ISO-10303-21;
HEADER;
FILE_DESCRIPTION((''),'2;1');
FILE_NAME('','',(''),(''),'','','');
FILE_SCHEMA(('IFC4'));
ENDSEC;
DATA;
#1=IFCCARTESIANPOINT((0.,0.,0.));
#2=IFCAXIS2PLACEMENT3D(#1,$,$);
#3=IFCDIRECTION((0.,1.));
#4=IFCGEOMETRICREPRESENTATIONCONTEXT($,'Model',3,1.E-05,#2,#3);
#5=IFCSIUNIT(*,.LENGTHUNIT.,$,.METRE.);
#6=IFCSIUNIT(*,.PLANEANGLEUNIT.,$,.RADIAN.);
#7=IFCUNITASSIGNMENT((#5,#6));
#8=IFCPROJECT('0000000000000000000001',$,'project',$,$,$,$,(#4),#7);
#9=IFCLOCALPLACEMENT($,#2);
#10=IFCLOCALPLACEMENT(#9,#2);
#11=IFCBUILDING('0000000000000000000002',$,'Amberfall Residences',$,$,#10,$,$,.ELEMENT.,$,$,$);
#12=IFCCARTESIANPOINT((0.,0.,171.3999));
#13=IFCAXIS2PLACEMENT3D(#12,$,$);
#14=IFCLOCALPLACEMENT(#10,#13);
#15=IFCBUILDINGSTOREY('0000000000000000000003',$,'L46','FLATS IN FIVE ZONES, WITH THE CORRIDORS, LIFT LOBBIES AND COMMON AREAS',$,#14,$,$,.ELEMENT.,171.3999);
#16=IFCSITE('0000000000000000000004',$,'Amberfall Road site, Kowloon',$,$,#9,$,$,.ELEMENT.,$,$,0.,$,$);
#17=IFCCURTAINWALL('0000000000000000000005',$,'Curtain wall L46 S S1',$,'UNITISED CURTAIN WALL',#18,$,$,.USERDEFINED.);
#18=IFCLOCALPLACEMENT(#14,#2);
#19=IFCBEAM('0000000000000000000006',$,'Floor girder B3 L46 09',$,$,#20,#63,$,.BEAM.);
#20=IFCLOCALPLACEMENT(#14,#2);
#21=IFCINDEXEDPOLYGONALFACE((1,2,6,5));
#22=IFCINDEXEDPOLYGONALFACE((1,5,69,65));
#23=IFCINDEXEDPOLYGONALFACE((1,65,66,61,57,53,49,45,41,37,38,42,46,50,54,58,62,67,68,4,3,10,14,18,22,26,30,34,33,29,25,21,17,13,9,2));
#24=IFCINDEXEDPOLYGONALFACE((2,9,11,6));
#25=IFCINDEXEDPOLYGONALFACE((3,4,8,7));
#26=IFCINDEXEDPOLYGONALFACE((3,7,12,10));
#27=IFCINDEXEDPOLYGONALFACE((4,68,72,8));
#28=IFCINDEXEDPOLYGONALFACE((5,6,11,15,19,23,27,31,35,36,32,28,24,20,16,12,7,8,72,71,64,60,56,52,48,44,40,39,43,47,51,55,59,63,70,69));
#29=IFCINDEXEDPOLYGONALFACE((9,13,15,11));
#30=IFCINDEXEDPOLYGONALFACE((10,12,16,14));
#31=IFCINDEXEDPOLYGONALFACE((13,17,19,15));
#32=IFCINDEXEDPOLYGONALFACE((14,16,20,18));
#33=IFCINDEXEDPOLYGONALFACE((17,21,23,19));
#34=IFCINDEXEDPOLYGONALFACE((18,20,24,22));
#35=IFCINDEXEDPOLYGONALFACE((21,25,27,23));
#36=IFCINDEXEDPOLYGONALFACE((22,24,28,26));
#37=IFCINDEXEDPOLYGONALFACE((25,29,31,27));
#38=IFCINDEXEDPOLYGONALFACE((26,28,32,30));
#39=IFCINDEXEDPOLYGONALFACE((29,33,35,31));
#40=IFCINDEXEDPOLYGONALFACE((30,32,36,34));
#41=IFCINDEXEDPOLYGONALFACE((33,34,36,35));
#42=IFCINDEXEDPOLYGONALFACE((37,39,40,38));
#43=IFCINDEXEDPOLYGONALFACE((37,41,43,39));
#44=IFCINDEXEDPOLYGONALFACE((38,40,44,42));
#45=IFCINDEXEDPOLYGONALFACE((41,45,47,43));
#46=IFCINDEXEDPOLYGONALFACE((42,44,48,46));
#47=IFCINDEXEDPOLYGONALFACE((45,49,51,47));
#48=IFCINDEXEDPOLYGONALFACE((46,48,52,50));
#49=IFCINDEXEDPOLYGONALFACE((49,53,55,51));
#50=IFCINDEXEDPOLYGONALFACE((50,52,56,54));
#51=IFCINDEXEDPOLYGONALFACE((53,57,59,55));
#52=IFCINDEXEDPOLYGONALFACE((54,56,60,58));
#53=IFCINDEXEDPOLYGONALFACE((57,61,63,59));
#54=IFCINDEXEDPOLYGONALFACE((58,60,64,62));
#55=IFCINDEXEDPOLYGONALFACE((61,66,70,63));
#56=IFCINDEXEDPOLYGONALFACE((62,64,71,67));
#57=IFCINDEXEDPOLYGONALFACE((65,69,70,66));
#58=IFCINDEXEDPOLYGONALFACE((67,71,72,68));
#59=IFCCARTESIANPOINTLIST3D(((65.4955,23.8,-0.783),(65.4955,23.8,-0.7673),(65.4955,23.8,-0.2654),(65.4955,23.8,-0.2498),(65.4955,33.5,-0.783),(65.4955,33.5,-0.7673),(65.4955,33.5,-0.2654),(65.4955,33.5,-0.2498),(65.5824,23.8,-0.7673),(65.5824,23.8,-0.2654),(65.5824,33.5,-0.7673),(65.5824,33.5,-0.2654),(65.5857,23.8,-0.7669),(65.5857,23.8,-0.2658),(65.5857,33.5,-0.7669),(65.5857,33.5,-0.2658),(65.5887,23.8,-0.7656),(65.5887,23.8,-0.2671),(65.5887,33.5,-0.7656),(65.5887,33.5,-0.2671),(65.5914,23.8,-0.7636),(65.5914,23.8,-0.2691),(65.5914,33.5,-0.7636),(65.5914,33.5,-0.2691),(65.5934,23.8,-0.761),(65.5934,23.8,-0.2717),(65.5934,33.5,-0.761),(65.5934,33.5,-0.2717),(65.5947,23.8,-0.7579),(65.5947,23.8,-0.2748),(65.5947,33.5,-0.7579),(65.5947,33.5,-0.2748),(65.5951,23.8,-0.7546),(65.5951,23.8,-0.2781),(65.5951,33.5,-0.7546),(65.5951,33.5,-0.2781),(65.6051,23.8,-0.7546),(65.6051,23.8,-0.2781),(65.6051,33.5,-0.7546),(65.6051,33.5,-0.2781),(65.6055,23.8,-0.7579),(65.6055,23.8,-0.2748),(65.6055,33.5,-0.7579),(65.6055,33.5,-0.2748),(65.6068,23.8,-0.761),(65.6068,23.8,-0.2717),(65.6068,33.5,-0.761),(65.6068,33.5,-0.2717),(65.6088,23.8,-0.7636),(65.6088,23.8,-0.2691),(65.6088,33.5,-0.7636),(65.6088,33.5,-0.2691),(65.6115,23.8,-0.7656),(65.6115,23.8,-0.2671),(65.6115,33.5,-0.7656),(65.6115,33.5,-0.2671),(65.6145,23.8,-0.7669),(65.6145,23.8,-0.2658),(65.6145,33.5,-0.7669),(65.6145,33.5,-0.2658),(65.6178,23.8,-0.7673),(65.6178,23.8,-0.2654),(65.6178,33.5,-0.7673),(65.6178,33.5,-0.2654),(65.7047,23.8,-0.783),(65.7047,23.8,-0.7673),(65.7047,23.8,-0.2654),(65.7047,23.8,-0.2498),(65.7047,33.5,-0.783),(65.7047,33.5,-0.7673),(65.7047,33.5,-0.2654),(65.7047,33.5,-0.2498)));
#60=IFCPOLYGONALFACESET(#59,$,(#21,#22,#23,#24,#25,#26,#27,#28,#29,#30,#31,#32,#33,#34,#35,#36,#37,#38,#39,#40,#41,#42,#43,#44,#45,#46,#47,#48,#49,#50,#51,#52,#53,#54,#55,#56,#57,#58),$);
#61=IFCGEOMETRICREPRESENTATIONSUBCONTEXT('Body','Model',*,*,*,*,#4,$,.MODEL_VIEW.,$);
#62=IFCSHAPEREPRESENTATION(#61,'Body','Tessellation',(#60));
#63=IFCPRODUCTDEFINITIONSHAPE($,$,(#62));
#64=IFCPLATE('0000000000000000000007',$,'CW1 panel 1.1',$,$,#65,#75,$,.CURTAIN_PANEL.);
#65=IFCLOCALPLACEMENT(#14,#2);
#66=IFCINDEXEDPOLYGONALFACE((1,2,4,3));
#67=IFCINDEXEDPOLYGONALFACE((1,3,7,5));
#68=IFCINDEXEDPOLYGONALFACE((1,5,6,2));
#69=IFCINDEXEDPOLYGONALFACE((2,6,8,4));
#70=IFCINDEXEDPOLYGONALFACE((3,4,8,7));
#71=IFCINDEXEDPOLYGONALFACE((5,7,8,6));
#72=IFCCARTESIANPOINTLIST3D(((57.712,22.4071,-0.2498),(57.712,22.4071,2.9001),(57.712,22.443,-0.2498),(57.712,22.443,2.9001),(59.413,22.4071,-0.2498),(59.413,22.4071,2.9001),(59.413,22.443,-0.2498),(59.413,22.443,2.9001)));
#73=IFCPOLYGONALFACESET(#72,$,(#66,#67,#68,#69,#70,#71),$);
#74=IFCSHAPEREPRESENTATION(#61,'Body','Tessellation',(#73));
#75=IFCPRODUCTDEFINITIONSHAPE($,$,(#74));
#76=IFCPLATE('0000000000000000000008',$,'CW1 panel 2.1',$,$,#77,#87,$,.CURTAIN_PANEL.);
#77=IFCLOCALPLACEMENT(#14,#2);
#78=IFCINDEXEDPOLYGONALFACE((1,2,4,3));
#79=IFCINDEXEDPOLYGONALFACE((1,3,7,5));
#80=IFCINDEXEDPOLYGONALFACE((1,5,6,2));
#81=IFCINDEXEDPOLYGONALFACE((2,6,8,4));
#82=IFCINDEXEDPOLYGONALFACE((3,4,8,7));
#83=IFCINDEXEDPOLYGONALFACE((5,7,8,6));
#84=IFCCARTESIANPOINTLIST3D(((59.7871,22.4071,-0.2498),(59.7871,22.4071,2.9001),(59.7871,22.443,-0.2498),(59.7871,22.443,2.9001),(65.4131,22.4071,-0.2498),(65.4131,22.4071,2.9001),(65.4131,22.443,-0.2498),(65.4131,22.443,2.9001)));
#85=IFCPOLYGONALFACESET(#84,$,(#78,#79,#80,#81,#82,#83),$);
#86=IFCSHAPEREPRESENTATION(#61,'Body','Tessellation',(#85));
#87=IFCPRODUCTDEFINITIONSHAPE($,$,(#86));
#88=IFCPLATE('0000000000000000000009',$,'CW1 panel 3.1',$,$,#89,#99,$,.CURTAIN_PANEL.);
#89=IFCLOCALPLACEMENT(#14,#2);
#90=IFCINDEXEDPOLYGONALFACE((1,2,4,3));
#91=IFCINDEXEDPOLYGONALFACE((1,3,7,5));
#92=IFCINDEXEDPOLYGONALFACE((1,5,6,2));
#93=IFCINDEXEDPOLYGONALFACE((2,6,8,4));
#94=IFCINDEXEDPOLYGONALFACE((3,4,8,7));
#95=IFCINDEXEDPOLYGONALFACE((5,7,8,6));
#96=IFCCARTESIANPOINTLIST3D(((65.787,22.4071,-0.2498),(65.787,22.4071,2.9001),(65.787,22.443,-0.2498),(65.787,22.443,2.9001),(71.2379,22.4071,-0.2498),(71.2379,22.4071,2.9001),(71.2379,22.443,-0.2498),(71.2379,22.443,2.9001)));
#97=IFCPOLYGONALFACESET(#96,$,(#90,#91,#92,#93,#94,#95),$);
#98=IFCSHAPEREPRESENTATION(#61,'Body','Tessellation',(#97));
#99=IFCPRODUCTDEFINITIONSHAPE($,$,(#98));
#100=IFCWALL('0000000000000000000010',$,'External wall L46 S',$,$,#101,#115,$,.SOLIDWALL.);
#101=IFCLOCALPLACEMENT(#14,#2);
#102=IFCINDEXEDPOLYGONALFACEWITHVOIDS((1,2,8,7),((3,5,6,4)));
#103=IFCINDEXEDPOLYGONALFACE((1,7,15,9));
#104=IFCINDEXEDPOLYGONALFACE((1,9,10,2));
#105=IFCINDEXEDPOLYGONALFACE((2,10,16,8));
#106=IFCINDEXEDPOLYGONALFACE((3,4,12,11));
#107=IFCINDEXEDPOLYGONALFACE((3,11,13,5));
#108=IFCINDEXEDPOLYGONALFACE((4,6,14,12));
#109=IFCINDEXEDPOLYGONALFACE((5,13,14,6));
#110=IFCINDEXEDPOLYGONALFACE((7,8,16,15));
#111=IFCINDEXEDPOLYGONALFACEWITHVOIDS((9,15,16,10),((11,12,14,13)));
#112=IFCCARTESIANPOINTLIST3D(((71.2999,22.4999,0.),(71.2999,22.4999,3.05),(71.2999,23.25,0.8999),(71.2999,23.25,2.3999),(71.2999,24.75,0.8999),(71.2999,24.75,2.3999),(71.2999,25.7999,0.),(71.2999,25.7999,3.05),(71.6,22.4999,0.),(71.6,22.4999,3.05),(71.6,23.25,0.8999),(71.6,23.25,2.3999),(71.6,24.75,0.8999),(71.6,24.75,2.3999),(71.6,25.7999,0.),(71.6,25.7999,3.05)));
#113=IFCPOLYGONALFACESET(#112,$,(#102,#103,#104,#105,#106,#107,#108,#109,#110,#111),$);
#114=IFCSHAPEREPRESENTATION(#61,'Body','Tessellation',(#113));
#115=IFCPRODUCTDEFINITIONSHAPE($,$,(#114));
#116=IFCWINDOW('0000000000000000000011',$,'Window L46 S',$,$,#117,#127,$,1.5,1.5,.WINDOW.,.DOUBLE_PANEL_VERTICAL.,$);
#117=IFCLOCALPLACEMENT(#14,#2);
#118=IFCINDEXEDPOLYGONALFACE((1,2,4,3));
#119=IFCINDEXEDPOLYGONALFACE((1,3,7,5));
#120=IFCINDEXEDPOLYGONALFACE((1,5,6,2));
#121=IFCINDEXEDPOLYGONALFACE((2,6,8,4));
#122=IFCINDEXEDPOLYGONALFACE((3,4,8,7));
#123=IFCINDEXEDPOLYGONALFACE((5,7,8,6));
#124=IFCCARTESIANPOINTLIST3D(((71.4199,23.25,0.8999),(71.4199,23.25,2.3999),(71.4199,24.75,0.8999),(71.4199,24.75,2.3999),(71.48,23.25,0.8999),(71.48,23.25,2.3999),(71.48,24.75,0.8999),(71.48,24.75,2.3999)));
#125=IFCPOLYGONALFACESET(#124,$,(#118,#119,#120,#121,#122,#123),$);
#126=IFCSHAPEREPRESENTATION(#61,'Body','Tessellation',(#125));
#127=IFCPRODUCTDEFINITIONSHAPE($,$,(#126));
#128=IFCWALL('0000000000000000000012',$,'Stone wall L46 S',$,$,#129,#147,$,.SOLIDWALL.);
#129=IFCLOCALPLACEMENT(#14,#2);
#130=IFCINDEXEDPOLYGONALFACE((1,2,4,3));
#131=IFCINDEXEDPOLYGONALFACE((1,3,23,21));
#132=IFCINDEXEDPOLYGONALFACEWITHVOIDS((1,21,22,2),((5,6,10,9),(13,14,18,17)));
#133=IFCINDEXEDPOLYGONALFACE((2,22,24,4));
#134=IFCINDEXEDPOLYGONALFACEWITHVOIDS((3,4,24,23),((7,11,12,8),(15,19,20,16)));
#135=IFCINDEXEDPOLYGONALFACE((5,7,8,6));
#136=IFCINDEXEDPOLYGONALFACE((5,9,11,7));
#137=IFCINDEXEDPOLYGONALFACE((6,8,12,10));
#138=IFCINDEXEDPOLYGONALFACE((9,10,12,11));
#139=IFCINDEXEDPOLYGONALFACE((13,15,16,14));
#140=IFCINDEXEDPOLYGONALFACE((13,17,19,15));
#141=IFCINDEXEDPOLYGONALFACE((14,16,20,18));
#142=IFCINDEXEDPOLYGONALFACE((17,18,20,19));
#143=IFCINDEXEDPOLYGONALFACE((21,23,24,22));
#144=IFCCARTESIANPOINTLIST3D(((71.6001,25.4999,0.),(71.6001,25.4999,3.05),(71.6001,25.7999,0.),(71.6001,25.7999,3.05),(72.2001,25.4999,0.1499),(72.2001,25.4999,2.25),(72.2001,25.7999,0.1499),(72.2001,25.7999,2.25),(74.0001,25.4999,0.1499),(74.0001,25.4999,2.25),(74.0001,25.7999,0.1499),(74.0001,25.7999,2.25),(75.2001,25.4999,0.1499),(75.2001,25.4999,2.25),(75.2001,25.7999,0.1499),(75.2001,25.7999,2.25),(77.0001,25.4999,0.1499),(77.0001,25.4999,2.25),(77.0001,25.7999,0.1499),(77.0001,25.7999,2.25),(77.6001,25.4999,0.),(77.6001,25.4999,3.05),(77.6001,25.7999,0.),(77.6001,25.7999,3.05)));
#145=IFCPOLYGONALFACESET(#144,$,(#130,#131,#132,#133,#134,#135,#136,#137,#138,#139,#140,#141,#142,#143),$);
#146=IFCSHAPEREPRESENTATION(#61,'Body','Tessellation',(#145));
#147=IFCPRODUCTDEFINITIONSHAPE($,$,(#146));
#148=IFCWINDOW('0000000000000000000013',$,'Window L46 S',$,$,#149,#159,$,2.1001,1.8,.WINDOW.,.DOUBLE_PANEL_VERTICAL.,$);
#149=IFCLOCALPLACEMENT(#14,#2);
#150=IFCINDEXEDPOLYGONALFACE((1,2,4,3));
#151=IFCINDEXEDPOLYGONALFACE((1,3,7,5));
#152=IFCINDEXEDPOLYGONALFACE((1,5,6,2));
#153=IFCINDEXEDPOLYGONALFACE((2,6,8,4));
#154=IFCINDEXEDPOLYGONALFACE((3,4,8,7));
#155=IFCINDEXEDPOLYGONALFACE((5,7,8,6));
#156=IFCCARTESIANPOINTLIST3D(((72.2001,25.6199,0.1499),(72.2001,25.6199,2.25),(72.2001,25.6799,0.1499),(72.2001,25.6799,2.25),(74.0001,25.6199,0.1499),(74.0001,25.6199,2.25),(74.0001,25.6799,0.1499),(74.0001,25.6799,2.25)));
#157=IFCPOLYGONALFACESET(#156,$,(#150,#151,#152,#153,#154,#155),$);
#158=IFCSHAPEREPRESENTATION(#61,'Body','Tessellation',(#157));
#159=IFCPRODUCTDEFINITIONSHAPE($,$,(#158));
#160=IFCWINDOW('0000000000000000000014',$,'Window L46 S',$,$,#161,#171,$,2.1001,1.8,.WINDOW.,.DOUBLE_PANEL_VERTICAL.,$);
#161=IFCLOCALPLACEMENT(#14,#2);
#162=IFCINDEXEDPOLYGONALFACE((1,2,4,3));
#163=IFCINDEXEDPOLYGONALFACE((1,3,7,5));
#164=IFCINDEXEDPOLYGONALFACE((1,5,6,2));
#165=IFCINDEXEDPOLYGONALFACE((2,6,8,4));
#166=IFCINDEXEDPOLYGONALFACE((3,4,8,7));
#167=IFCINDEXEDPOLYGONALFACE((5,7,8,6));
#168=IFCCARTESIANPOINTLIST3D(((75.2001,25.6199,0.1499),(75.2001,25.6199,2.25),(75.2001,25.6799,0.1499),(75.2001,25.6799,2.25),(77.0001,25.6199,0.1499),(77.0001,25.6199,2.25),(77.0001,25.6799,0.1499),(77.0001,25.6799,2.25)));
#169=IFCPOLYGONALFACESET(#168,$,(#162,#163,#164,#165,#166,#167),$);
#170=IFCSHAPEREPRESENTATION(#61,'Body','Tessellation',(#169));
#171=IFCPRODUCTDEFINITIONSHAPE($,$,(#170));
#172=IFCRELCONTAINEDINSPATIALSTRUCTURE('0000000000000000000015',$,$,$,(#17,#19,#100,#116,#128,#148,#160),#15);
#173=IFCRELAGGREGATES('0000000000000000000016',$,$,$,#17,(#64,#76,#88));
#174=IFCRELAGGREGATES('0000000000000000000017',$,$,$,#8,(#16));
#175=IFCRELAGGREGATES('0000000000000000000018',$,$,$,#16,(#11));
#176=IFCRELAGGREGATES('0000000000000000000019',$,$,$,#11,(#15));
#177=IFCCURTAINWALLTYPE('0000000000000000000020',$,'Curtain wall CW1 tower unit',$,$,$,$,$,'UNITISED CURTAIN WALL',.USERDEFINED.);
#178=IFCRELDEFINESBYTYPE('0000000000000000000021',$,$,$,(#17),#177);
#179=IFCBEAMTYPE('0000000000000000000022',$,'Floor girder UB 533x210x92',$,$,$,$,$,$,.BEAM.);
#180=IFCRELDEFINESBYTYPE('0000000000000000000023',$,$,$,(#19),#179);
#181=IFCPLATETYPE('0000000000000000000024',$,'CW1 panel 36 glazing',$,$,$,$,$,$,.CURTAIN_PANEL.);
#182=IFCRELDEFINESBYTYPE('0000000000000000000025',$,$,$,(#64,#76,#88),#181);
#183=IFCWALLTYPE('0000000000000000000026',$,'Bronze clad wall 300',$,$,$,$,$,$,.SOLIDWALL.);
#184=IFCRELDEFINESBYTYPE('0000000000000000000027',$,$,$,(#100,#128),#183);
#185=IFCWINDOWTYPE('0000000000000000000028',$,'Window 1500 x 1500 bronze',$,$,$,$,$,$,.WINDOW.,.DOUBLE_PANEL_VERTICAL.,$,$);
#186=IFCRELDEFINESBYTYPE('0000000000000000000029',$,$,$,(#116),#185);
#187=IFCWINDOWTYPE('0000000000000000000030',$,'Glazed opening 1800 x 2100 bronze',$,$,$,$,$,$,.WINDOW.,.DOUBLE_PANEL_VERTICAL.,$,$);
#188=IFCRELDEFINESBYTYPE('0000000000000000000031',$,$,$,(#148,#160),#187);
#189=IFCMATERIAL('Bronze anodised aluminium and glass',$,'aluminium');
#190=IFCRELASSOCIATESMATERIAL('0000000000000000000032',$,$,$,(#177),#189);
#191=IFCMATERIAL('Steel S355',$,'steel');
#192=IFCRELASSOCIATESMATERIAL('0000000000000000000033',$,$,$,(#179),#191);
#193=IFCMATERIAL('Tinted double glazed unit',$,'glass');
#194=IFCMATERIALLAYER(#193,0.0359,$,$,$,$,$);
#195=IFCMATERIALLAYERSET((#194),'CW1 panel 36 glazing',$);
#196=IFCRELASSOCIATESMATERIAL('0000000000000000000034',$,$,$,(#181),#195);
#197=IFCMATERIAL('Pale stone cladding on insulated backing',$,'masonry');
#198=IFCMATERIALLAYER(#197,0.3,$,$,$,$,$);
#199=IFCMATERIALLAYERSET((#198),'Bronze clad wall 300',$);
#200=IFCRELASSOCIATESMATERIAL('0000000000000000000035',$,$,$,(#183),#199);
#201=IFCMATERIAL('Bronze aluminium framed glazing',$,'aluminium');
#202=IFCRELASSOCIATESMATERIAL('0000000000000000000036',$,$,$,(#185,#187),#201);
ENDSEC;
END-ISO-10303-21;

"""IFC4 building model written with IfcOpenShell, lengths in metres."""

from ifc_helpers import new_model, si_unit, direction, frame, frame_2d, origin, origin_2d, place, context, subcontext, project, spatial, rectangle, i_section, extrude, material, layer, layer_set, material_profile, profile_set, type_object, element, fill, aggregate, save


model = new_model("IFC4")

# Units and contexts
model_context = context("Model", 3, precision=1e-05, world=origin(), true_north=direction((0.0, 1.0)))
body_context = subcontext(model_context, "Body", "Model", "MODEL_VIEW")
ifc_project = project(units=[si_unit("LENGTHUNIT", "METRE"), si_unit("PLANEANGLEUNIT", "RADIAN")], contexts=[model_context])

# Site, building, storey
site_placement = place(None, origin())
site = spatial("IfcSite", under=ifc_project, at=site_placement, Name="Amberfall Road site, Kowloon", CompositionType="ELEMENT", RefElevation=0.0)
building_placement = place(site_placement, origin())
building = spatial("IfcBuilding", under=site, at=building_placement, Name="Amberfall Residences", CompositionType="ELEMENT")
storey_placement = place(building_placement, frame((0.0, 0.0, 171.3999)))
storey = spatial("IfcBuildingStorey", under=building, at=storey_placement, Name="L46", Description="FLATS IN FIVE ZONES, WITH THE CORRIDORS, LIFT LOBBIES AND COMMON AREAS", CompositionType="ELEMENT", Elevation=171.3999)

# Curtain wall
ifc_material_1 = material(Name="Bronze anodised aluminium and glass", Category="aluminium")
curtain_wall_type = type_object("IfcCurtainWallType", Name="Curtain wall CW1 tower unit", ElementType="UNITISED CURTAIN WALL", PredefinedType="USERDEFINED", material=ifc_material_1)
curtain_wall_placement = place(storey_placement, origin())
curtain_wall = element("IfcCurtainWall", 1, at=curtain_wall_placement, inside=storey, type_object=curtain_wall_type, Name="Curtain wall L46 S S1", ObjectType="UNITISED CURTAIN WALL", PredefinedType="USERDEFINED")

# Shared definitions
ifc_material_2 = material(Name="Steel S355", Category="steel")

# Beam
ifc_material_profile_1 = material_profile(ifc_material_2, i_section(OverallWidth=0.2092, OverallDepth=0.5332, WebThickness=0.01, FlangeThickness=0.0156, FilletRadius=0.0127, at=origin_2d()), Name="UB 533x210x92")
ifc_profile_set_1 = profile_set([ifc_material_profile_1], Name="Steel S355")
beam_type_1 = type_object("IfcBeamType", Name="Floor girder UB 533x210x92", PredefinedType="BEAM", material=ifc_profile_set_1)
beam_1_placement = place(storey_placement, frame((65.6001, 23.8, -0.5164), z_axis=(0.0, 1.0, 0.0), x_axis=(-1.0, 0.0, 0.0)))
element("IfcBeam", 2, at=beam_1_placement, inside=storey, type_object=beam_type_1, Name="Floor girder B3 L46 09", PredefinedType="BEAM", context=body_context, shape_type="SweptSolid", body=[
    extrude(i_section(OverallWidth=0.2092, OverallDepth=0.5332, WebThickness=0.01, FlangeThickness=0.0156, FilletRadius=0.0127, at=origin_2d()), origin(), (0.0, 0.0, 1.0), 9.7),
])

# Plates
ifc_material_3 = material(Name="Tinted double glazed unit", Category="glass")
ifc_layer_1 = layer(ifc_material_3, 0.0359)
ifc_layer_set_1 = layer_set([ifc_layer_1], Name="CW1 panel 36 glazing")
plate_type = type_object("IfcPlateType", Name="CW1 panel 36 glazing", PredefinedType="CURTAIN_PANEL", material=ifc_layer_set_1)
plate_1_placement = place(storey_placement, frame((58.5625, 22.425, -0.2498), z_axis=(0.0, 0.0, 1.0), x_axis=(1.0, 0.0, 0.0)))
plate_1 = element("IfcPlate", 3, at=plate_1_placement, type_object=plate_type, Name="CW1 panel 1.1", PredefinedType="CURTAIN_PANEL", context=body_context, shape_type="SweptSolid", body=[
    extrude(rectangle(XDim=1.7009, YDim=0.0359, at=origin_2d()), origin(), (0.0, 0.0, 1.0), 3.1499),
])
plate_2_placement = place(storey_placement, frame((62.6001, 22.425, -0.2498), z_axis=(0.0, 0.0, 1.0), x_axis=(1.0, 0.0, 0.0)))
plate_2 = element("IfcPlate", 4, at=plate_2_placement, type_object=plate_type, Name="CW1 panel 2.1", PredefinedType="CURTAIN_PANEL", context=body_context, shape_type="SweptSolid", body=[
    extrude(rectangle(XDim=5.626, YDim=0.0359, at=origin_2d()), origin(), (0.0, 0.0, 1.0), 3.1499),
])
plate_3_placement = place(storey_placement, frame((68.5125, 22.425, -0.2498), z_axis=(0.0, 0.0, 1.0), x_axis=(1.0, 0.0, 0.0)))
plate_3 = element("IfcPlate", 5, at=plate_3_placement, type_object=plate_type, Name="CW1 panel 3.1", PredefinedType="CURTAIN_PANEL", context=body_context, shape_type="SweptSolid", body=[
    extrude(rectangle(XDim=5.4509, YDim=0.0359, at=origin_2d()), origin(), (0.0, 0.0, 1.0), 3.1499),
])
aggregate(curtain_wall, [plate_1, plate_2, plate_3])

# Wall, opening, window
ifc_material_4 = material(Name="Pale stone cladding on insulated backing", Category="masonry")
ifc_layer_2 = layer(ifc_material_4, 0.3)
ifc_layer_set_2 = layer_set([ifc_layer_2], Name="Bronze clad wall 300")
wall_type_1 = type_object("IfcWallType", Name="Bronze clad wall 300", PredefinedType="SOLIDWALL", material=ifc_layer_set_2)
wall_1_placement = place(storey_placement, frame((71.45, 22.5, 0.0), z_axis=(0.0, 0.0, 1.0), x_axis=(0.0, 1.0, 0.0)))
wall_1 = element("IfcWall", 6, at=wall_1_placement, inside=storey, type_object=wall_type_1, Name="External wall L46 S", PredefinedType="SOLIDWALL", context=body_context, shape_type="SweptSolid", body=[
    extrude(rectangle(XDim=3.3, YDim=0.3, at=frame_2d((1.6499, 0.0))), origin(), (0.0, 0.0, 1.0), 3.05),
])
opening_1_placement = place(wall_1_placement, frame((0.75, 0.0, 0.8999)))
opening_1 = element("IfcOpeningElement", 7, at=opening_1_placement, cuts=wall_1, PredefinedType="OPENING", context=body_context, shape_type="SweptSolid", body=[
    extrude(rectangle(XDim=1.5, YDim=1.5, at=frame_2d((0.75, 0.75))), frame((0.0, 0.1599, 0.0), z_axis=(0.0, -1.0, 0.0), x_axis=(1.0, 0.0, 0.0)), (0.0, 0.0, 1.0), 0.3201),
])
ifc_material_5 = material(Name="Bronze aluminium framed glazing", Category="aluminium")
window_type_1 = type_object("IfcWindowType", Name="Window 1500 x 1500 bronze", PartitioningType="DOUBLE_PANEL_VERTICAL", PredefinedType="WINDOW", material=ifc_material_5)
window_1_placement = place(opening_1_placement, origin())
window_1 = element("IfcWindow", 8, at=window_1_placement, inside=storey, type_object=window_type_1, Name="Window L46 S", OverallHeight=1.5, OverallWidth=1.5, PartitioningType="DOUBLE_PANEL_VERTICAL", PredefinedType="WINDOW", context=body_context, shape_type="SweptSolid", body=[
    extrude(rectangle(XDim=1.5, YDim=1.5, at=frame_2d((0.75, 0.75))), frame((0.0, 0.03, 0.0), z_axis=(0.0, -1.0, 0.0), x_axis=(1.0, 0.0, 0.0)), (0.0, 0.0, 1.0), 0.0601),
])
fill(opening_1, window_1)

# Wall, openings, windows
wall_2_placement = place(storey_placement, frame((71.6001, 25.6499, 0.0), z_axis=(0.0, 0.0, 1.0), x_axis=(1.0, 0.0, 0.0)))
wall_2 = element("IfcWall", 9, at=wall_2_placement, inside=storey, type_object=wall_type_1, Name="Stone wall L46 S", PredefinedType="SOLIDWALL", context=body_context, shape_type="SweptSolid", body=[
    extrude(rectangle(XDim=6.0, YDim=0.3, at=frame_2d((3.0, 0.0))), origin(), (0.0, 0.0, 1.0), 3.05),
])
opening_2_placement = place(wall_2_placement, frame((0.6001, 0.0, 0.1499)))
opening_2 = element("IfcOpeningElement", 10, at=opening_2_placement, cuts=wall_2, PredefinedType="OPENING", context=body_context, shape_type="SweptSolid", body=[
    extrude(rectangle(XDim=1.8, YDim=2.1001, at=frame_2d((0.8999, 1.05))), frame((0.0, 0.1599, 0.0), z_axis=(0.0, -1.0, 0.0), x_axis=(1.0, 0.0, 0.0)), (0.0, 0.0, 1.0), 0.3201),
])
opening_3_placement = place(wall_2_placement, frame((3.6001, 0.0, 0.1499)))
opening_3 = element("IfcOpeningElement", 11, at=opening_3_placement, cuts=wall_2, PredefinedType="OPENING", context=body_context, shape_type="SweptSolid", body=[
    extrude(rectangle(XDim=1.8, YDim=2.1001, at=frame_2d((0.8999, 1.05))), frame((0.0, 0.1599, 0.0), z_axis=(0.0, -1.0, 0.0), x_axis=(1.0, 0.0, 0.0)), (0.0, 0.0, 1.0), 0.3201),
])
window_type_2 = type_object("IfcWindowType", Name="Glazed opening 1800 x 2100 bronze", PartitioningType="DOUBLE_PANEL_VERTICAL", PredefinedType="WINDOW", material=ifc_material_5)
window_2_placement = place(opening_2_placement, origin())
window_2 = element("IfcWindow", 12, at=window_2_placement, inside=storey, type_object=window_type_2, Name="Window L46 S", OverallHeight=2.1001, OverallWidth=1.8, PartitioningType="DOUBLE_PANEL_VERTICAL", PredefinedType="WINDOW", context=body_context, shape_type="SweptSolid", body=[
    extrude(rectangle(XDim=1.8, YDim=2.1001, at=frame_2d((0.8999, 1.05))), frame((0.0, 0.03, 0.0), z_axis=(0.0, -1.0, 0.0), x_axis=(1.0, 0.0, 0.0)), (0.0, 0.0, 1.0), 0.0601),
])
fill(opening_2, window_2)
window_3_placement = place(opening_3_placement, origin())
window_3 = element("IfcWindow", 13, at=window_3_placement, inside=storey, type_object=window_type_2, Name="Window L46 S", OverallHeight=2.1001, OverallWidth=1.8, PartitioningType="DOUBLE_PANEL_VERTICAL", PredefinedType="WINDOW", context=body_context, shape_type="SweptSolid", body=[
    extrude(rectangle(XDim=1.8, YDim=2.1001, at=frame_2d((0.8999, 1.05))), frame((0.0, 0.03, 0.0), z_axis=(0.0, -1.0, 0.0), x_axis=(1.0, 0.0, 0.0)), (0.0, 0.0, 1.0), 0.0601),
])
fill(opening_3, window_3)

save(model, "model.ifc")
